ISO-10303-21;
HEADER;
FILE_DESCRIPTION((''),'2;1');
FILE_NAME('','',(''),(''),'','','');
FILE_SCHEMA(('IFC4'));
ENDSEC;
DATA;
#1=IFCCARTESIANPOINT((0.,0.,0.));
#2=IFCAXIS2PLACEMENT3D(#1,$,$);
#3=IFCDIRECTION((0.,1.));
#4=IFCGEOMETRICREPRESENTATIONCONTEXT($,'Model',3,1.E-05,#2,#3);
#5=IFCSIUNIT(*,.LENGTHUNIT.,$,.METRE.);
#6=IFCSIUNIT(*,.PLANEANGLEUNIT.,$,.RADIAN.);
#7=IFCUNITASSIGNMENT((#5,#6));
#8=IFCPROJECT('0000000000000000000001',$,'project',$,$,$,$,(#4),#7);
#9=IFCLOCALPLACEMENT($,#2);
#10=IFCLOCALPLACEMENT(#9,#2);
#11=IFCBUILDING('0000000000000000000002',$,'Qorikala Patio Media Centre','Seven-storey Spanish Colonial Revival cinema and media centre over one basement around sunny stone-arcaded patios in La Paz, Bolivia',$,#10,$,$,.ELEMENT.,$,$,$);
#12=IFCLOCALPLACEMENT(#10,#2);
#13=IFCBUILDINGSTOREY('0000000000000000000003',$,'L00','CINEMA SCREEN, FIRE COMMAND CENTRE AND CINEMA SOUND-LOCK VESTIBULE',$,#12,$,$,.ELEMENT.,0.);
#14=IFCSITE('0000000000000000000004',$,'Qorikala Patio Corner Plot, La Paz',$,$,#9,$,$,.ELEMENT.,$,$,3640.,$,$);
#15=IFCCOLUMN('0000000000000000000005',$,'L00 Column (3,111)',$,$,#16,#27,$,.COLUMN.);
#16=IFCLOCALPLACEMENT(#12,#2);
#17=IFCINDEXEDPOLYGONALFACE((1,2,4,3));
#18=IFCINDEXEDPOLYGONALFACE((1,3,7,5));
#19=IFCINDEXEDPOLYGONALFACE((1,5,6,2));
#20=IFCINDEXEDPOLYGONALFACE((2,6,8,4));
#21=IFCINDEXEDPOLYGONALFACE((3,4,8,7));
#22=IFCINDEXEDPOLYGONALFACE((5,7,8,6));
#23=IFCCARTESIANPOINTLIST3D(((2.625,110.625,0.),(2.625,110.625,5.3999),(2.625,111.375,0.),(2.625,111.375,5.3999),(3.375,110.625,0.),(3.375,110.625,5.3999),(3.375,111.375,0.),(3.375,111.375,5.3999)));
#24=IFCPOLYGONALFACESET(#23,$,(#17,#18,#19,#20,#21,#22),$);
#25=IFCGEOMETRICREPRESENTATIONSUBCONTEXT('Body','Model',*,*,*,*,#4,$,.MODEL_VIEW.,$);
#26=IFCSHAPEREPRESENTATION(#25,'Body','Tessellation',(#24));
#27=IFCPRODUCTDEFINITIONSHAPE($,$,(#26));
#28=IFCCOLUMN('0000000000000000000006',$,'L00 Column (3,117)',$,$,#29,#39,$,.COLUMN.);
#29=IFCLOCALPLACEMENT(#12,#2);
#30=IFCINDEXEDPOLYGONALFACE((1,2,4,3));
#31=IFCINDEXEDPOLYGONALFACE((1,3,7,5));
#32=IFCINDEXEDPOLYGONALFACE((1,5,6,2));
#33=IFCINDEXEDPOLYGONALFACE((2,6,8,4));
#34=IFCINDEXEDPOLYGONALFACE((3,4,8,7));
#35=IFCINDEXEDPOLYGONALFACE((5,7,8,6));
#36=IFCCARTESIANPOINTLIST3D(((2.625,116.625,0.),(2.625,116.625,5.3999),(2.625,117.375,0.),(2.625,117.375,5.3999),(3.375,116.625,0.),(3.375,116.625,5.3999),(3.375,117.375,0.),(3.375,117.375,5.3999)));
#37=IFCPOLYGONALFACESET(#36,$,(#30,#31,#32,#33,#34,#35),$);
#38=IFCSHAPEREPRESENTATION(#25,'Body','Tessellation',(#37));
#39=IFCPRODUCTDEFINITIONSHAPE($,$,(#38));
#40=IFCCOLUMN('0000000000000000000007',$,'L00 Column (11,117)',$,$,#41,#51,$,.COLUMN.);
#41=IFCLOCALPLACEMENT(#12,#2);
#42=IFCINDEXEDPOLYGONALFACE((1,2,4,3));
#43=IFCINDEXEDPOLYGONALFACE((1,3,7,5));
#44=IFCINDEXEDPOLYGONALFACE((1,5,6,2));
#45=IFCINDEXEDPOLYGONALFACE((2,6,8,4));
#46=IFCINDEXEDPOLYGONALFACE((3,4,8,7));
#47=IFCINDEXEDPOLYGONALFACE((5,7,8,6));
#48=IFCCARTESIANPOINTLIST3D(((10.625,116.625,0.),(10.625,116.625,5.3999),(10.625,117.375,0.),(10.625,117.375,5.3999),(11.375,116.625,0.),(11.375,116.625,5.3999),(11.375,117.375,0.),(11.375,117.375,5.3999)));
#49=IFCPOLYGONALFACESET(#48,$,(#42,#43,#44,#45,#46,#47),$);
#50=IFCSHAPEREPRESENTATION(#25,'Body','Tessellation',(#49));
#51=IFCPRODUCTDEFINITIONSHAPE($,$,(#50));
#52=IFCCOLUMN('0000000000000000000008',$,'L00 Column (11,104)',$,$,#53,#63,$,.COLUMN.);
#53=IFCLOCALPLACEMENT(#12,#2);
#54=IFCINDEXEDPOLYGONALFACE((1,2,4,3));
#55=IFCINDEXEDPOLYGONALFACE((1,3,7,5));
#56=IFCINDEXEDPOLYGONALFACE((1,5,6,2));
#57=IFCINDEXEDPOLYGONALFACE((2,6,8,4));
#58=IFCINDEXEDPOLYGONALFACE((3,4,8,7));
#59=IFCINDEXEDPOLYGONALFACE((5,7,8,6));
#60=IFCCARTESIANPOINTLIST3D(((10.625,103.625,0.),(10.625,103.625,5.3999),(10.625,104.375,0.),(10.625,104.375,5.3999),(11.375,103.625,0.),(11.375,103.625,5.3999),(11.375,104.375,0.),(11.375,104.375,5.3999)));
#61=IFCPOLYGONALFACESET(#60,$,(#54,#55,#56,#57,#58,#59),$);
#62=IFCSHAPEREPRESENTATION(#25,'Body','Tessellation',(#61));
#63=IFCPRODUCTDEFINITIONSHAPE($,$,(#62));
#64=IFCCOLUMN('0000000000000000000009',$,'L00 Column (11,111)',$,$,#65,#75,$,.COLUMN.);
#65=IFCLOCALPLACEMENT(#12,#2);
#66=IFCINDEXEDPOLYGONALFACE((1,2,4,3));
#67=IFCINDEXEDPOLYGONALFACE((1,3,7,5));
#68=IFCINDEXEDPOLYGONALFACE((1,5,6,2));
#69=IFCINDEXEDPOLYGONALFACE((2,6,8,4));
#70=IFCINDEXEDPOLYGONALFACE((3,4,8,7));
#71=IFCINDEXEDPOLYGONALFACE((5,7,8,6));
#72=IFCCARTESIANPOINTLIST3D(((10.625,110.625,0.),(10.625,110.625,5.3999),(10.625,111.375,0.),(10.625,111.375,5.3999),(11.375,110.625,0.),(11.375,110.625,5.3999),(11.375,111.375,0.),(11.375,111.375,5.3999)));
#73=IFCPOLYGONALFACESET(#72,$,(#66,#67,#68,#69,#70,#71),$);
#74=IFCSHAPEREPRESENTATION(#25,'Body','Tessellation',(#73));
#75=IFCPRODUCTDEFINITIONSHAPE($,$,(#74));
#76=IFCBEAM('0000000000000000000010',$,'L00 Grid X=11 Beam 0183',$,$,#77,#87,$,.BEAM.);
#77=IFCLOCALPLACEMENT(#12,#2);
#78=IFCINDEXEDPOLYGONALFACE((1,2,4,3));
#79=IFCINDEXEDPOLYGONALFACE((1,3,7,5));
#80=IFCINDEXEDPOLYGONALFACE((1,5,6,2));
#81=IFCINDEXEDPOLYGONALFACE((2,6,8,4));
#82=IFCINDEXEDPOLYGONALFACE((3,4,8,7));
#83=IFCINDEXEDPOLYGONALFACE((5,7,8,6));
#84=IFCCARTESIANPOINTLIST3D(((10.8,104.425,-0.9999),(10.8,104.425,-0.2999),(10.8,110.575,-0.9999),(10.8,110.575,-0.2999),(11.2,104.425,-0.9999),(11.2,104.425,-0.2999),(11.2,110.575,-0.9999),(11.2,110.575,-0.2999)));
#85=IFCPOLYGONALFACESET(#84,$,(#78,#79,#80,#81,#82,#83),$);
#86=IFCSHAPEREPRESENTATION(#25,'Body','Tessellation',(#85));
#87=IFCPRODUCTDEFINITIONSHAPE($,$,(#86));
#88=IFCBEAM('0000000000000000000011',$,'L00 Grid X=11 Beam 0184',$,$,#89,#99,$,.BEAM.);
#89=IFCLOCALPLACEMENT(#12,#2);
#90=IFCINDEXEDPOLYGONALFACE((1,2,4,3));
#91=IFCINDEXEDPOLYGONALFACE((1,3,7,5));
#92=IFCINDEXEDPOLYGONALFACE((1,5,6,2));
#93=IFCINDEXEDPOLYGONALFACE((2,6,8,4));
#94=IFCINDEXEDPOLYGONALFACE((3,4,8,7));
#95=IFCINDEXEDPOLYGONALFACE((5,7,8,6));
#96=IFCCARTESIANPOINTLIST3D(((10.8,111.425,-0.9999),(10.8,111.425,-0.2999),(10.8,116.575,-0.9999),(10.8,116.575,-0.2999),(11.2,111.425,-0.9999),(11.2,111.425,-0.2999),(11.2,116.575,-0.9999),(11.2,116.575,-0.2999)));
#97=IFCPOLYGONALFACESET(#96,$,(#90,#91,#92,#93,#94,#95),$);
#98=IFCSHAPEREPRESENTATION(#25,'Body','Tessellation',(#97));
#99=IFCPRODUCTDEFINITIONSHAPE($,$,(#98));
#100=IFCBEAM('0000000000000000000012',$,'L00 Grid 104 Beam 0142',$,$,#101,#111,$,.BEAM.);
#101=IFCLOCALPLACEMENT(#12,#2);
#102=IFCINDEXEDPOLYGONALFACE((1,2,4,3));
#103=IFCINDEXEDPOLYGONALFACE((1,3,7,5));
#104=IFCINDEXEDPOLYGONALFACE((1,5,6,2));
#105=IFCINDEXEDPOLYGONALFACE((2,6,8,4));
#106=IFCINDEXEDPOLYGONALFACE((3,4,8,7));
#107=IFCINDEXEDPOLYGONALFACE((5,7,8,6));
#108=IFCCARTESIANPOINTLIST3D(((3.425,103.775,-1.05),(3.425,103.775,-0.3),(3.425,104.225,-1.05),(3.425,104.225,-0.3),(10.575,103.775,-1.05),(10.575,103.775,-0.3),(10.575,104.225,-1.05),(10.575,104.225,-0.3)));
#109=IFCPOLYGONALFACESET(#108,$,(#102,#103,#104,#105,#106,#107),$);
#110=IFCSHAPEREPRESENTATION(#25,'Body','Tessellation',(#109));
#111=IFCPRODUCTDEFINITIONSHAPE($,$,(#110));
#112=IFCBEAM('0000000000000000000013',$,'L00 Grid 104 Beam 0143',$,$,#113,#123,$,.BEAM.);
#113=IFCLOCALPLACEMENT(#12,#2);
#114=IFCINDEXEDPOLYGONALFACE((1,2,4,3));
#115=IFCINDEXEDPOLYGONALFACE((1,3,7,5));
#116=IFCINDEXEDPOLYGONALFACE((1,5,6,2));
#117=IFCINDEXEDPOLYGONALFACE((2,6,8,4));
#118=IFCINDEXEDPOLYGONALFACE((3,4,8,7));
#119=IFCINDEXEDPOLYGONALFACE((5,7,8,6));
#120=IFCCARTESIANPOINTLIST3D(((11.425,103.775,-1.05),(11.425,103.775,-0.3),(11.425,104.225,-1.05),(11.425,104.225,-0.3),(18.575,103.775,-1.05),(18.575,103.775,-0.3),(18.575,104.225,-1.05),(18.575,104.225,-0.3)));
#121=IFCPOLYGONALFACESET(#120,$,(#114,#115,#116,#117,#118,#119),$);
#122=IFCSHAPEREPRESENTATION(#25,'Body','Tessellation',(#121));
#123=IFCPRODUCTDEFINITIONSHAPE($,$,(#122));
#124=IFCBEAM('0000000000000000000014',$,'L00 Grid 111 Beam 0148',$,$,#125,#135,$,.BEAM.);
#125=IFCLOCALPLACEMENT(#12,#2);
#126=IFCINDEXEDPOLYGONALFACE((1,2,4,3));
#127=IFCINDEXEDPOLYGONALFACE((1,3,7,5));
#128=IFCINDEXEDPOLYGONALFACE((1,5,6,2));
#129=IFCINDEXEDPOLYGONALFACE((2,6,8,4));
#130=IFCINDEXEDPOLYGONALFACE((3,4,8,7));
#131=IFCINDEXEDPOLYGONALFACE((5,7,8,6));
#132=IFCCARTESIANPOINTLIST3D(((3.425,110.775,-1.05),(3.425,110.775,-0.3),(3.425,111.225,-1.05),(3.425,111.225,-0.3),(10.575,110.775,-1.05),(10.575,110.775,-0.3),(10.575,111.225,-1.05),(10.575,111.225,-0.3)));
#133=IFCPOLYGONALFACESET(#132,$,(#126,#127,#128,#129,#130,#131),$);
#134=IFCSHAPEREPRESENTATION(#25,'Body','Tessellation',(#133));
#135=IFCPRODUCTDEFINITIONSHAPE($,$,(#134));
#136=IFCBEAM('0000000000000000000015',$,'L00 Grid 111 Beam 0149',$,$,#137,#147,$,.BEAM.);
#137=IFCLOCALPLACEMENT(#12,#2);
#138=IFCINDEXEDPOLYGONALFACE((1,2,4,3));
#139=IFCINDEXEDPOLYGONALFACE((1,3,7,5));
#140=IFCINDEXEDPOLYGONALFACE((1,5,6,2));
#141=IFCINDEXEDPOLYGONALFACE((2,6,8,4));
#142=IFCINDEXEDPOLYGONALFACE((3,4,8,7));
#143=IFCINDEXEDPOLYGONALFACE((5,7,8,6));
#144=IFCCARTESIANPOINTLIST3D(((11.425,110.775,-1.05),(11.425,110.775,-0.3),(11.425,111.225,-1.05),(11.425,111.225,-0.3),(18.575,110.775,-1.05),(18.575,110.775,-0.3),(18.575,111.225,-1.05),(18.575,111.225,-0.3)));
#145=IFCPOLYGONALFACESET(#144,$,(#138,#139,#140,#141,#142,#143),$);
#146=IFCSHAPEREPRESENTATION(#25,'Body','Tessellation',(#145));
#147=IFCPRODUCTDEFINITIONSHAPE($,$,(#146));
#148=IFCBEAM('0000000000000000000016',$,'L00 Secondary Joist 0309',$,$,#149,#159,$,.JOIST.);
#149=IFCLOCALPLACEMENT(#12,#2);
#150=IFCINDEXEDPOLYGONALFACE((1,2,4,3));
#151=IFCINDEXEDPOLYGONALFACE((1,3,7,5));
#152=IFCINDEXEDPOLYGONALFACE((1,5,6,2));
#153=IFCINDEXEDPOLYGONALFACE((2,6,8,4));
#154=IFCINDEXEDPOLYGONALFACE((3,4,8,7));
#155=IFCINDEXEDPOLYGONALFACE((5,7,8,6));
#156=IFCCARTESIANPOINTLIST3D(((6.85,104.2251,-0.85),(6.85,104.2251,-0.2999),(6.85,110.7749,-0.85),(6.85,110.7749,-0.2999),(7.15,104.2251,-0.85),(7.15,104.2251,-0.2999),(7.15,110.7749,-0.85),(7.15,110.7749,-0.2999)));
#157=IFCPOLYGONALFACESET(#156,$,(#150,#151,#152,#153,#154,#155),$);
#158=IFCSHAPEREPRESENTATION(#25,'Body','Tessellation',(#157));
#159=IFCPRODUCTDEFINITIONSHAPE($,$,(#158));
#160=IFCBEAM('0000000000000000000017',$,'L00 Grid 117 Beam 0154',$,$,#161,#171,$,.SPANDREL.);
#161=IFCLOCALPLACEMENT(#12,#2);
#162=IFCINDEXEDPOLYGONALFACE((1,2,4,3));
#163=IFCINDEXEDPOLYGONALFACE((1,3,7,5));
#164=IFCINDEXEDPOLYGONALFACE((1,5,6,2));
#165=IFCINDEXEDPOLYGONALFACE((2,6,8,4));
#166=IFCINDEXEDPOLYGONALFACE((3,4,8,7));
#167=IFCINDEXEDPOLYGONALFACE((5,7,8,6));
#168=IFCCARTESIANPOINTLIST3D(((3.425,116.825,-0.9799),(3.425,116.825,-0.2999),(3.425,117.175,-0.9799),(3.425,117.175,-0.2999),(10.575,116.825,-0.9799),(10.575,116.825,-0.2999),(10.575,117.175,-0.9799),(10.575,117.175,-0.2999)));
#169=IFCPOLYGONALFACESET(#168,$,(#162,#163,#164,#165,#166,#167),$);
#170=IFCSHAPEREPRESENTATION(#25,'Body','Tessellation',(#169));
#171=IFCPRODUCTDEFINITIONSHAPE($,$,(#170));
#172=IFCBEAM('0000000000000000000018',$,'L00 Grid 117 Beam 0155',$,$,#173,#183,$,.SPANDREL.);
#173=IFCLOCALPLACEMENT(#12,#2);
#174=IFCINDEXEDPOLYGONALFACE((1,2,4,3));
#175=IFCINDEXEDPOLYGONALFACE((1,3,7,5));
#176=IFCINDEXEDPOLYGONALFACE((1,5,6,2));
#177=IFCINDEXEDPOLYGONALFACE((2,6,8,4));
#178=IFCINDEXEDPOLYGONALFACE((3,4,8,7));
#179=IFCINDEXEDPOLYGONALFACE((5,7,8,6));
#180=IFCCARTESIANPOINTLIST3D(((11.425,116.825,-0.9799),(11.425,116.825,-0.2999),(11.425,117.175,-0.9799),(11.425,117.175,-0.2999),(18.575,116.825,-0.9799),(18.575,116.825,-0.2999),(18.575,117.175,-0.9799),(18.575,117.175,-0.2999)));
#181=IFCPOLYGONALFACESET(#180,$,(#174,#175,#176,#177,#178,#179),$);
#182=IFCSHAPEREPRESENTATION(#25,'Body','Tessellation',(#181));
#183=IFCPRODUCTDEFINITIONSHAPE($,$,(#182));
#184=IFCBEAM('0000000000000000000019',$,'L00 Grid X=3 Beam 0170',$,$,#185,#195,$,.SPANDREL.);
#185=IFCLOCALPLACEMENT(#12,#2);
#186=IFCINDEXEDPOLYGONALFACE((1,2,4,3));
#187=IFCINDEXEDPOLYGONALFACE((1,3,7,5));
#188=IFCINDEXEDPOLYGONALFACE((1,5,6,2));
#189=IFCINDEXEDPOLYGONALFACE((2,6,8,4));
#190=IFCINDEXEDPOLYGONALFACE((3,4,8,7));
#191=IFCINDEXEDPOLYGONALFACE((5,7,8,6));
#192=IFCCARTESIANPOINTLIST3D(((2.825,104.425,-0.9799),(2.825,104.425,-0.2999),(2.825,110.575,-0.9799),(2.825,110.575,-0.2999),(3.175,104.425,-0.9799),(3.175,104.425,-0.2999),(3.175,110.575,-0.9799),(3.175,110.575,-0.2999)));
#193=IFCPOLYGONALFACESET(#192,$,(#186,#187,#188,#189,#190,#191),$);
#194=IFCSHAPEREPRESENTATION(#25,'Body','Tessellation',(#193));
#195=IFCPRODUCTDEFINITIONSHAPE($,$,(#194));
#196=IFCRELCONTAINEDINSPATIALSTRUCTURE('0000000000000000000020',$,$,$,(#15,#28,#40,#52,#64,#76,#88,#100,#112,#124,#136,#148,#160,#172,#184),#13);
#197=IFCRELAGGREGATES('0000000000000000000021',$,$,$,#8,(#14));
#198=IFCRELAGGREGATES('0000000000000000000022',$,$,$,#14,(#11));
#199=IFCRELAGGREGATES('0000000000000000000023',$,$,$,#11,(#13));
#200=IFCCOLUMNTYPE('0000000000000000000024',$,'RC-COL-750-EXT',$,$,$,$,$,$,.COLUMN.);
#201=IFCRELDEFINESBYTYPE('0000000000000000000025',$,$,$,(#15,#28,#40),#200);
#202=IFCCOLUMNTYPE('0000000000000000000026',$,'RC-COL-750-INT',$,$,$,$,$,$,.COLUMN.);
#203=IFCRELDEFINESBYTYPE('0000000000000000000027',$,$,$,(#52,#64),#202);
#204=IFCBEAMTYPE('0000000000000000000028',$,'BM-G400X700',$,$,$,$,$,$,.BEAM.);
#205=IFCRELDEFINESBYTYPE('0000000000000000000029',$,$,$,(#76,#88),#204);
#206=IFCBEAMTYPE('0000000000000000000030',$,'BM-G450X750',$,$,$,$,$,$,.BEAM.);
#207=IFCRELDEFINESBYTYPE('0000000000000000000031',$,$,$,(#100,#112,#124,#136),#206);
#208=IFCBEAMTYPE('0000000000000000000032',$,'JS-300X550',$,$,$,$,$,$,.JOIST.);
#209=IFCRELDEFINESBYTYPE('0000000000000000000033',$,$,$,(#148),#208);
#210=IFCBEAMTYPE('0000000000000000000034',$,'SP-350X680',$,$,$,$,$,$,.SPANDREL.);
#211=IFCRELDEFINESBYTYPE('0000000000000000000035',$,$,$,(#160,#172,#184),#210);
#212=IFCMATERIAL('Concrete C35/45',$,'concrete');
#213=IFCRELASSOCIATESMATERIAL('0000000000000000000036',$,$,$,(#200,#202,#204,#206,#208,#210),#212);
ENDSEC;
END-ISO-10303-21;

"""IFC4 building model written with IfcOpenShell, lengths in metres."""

from ifc_helpers import new_model, si_unit, direction, frame, origin, origin_2d, place, context, subcontext, project, spatial, rectangle, extrude, material, material_profile, profile_set, type_object, element, save


model = new_model("IFC4")

# Units and contexts
model_context = context("Model", 3, precision=1e-05, world=origin(), true_north=direction((0.0, 1.0)))
body_context = subcontext(model_context, "Body", "Model", "MODEL_VIEW")
ifc_project = project(units=[si_unit("LENGTHUNIT", "METRE"), si_unit("PLANEANGLEUNIT", "RADIAN")], contexts=[model_context])

# Site, building, storey
site_placement = place(None, origin())
site = spatial("IfcSite", under=ifc_project, at=site_placement, Name="Qorikala Patio Corner Plot, La Paz", CompositionType="ELEMENT", RefElevation=3640.0)
building_placement = place(site_placement, origin())
building = spatial("IfcBuilding", under=site, at=building_placement, Name="Qorikala Patio Media Centre", Description="Seven-storey Spanish Colonial Revival cinema and media centre over one basement around sunny stone-arcaded patios in La Paz, Bolivia", CompositionType="ELEMENT")
storey_placement = place(building_placement, origin())
storey = spatial("IfcBuildingStorey", under=building, at=storey_placement, Name="L00", Description="CINEMA SCREEN, FIRE COMMAND CENTRE AND CINEMA SOUND-LOCK VESTIBULE", CompositionType="ELEMENT", Elevation=0.0)

# Columns
ifc_material_1 = material(Name="Concrete C35/45", Category="concrete")
ifc_material_profile_1 = material_profile(ifc_material_1, rectangle(XDim=0.75, YDim=0.75, at=origin_2d()), Name="RC 750x750")
ifc_profile_set_1 = profile_set([ifc_material_profile_1], Name="Concrete C35/45")
column_type_1 = type_object("IfcColumnType", Name="RC-COL-750-EXT", PredefinedType="COLUMN", material=ifc_profile_set_1)
for number, where, z_axis, x_axis, name in (
    (1, (3.0, 111.0, 0.0), (0.0, 0.0, 1.0), (1.0, 0.0, 0.0), "L00 Column (3,111)"),
    (2, (3.0, 117.0, 0.0), (0.0, 0.0, 1.0), (1.0, 0.0, 0.0), "L00 Column (3,117)"),
    (3, (11.0, 117.0, 0.0), (0.0, 0.0, 1.0), (1.0, 0.0, 0.0), "L00 Column (11,117)"),
):
    element("IfcColumn", number, at=place(storey_placement, frame(where, z_axis=z_axis, x_axis=x_axis)), inside=storey, type_object=column_type_1, Name=name, PredefinedType="COLUMN", context=body_context, shape_type="SweptSolid", body=[
        extrude(rectangle(XDim=0.75, YDim=0.75, at=origin_2d()), origin(), (0.0, 0.0, 1.0), 5.3999),
    ])
ifc_material_profile_2 = material_profile(ifc_material_1, rectangle(XDim=0.75, YDim=0.75, at=origin_2d()), Name="RC 750x750")
ifc_profile_set_2 = profile_set([ifc_material_profile_2], Name="Concrete C35/45")
column_type_2 = type_object("IfcColumnType", Name="RC-COL-750-INT", PredefinedType="COLUMN", material=ifc_profile_set_2)
for number, where, z_axis, x_axis, name in (
    (4, (11.0, 104.0, 0.0), (0.0, 0.0, 1.0), (1.0, 0.0, 0.0), "L00 Column (11,104)"),
    (5, (11.0, 111.0, 0.0), (0.0, 0.0, 1.0), (1.0, 0.0, 0.0), "L00 Column (11,111)"),
):
    element("IfcColumn", number, at=place(storey_placement, frame(where, z_axis=z_axis, x_axis=x_axis)), inside=storey, type_object=column_type_2, Name=name, PredefinedType="COLUMN", context=body_context, shape_type="SweptSolid", body=[
        extrude(rectangle(XDim=0.75, YDim=0.75, at=origin_2d()), origin(), (0.0, 0.0, 1.0), 5.3999),
    ])

# Beams
ifc_material_profile_3 = material_profile(ifc_material_1, rectangle(XDim=0.3999, YDim=0.7, at=origin_2d()), Name="RC 400x700")
ifc_profile_set_3 = profile_set([ifc_material_profile_3], Name="Concrete C35/45")
beam_type_1 = type_object("IfcBeamType", Name="BM-G400X700", PredefinedType="BEAM", material=ifc_profile_set_3)
beam_1_placement = place(storey_placement, frame((11.0, 104.425, -0.6499), z_axis=(0.0, 1.0, 0.0), x_axis=(-1.0, 0.0, 0.0)))
element("IfcBeam", 6, at=beam_1_placement, inside=storey, type_object=beam_type_1, Name="L00 Grid X=11 Beam 0183", PredefinedType="BEAM", context=body_context, shape_type="SweptSolid", body=[
    extrude(rectangle(XDim=0.3999, YDim=0.7, at=origin_2d()), origin(), (0.0, 0.0, 1.0), 6.1499),
])
beam_2_placement = place(storey_placement, frame((11.0, 111.425, -0.6499), z_axis=(0.0, 1.0, 0.0), x_axis=(-1.0, 0.0, 0.0)))
element("IfcBeam", 7, at=beam_2_placement, inside=storey, type_object=beam_type_1, Name="L00 Grid X=11 Beam 0184", PredefinedType="BEAM", context=body_context, shape_type="SweptSolid", body=[
    extrude(rectangle(XDim=0.3999, YDim=0.7, at=origin_2d()), origin(), (0.0, 0.0, 1.0), 5.1499),
])
ifc_material_profile_4 = material_profile(ifc_material_1, rectangle(XDim=0.45, YDim=0.75, at=origin_2d()), Name="RC 450x750")
ifc_profile_set_4 = profile_set([ifc_material_profile_4], Name="Concrete C35/45")
beam_type_2 = type_object("IfcBeamType", Name="BM-G450X750", PredefinedType="BEAM", material=ifc_profile_set_4)
for number, where, z_axis, x_axis, name in (
    (8, (3.425, 104.0, -0.675), (1.0, 0.0, 0.0), (0.0, 1.0, 0.0), "L00 Grid 104 Beam 0142"),
    (9, (11.425, 104.0, -0.675), (1.0, 0.0, 0.0), (0.0, 1.0, 0.0), "L00 Grid 104 Beam 0143"),
    (10, (3.425, 111.0, -0.675), (1.0, 0.0, 0.0), (0.0, 1.0, 0.0), "L00 Grid 111 Beam 0148"),
    (11, (11.425, 111.0, -0.675), (1.0, 0.0, 0.0), (0.0, 1.0, 0.0), "L00 Grid 111 Beam 0149"),
):
    element("IfcBeam", number, at=place(storey_placement, frame(where, z_axis=z_axis, x_axis=x_axis)), inside=storey, type_object=beam_type_2, Name=name, PredefinedType="BEAM", context=body_context, shape_type="SweptSolid", body=[
        extrude(rectangle(XDim=0.45, YDim=0.75, at=origin_2d()), origin(), (0.0, 0.0, 1.0), 7.1499),
    ])
ifc_material_profile_5 = material_profile(ifc_material_1, rectangle(XDim=0.3, YDim=0.55, at=origin_2d()), Name="RC 300x550")
ifc_profile_set_5 = profile_set([ifc_material_profile_5], Name="Concrete C35/45")
beam_type_3 = type_object("IfcBeamType", Name="JS-300X550", PredefinedType="JOIST", material=ifc_profile_set_5)
beam_3_placement = place(storey_placement, frame((7.0, 104.2251, -0.575), z_axis=(0.0, 1.0, 0.0), x_axis=(-1.0, 0.0, 0.0)))
element("IfcBeam", 12, at=beam_3_placement, inside=storey, type_object=beam_type_3, Name="L00 Secondary Joist 0309", PredefinedType="JOIST", context=body_context, shape_type="SweptSolid", body=[
    extrude(rectangle(XDim=0.3, YDim=0.55, at=origin_2d()), origin(), (0.0, 0.0, 1.0), 6.5498),
])
ifc_material_profile_6 = material_profile(ifc_material_1, rectangle(XDim=0.3501, YDim=0.6799, at=origin_2d()), Name="RC 350x680")
ifc_profile_set_6 = profile_set([ifc_material_profile_6], Name="Concrete C35/45")
beam_type_4 = type_object("IfcBeamType", Name="SP-350X680", PredefinedType="SPANDREL", material=ifc_profile_set_6)
for number, where, z_axis, x_axis, name in (
    (13, (3.425, 117.0, -0.6399), (1.0, 0.0, 0.0), (0.0, 1.0, 0.0), "L00 Grid 117 Beam 0154"),
    (14, (11.425, 117.0, -0.6399), (1.0, 0.0, 0.0), (0.0, 1.0, 0.0), "L00 Grid 117 Beam 0155"),
):
    element("IfcBeam", number, at=place(storey_placement, frame(where, z_axis=z_axis, x_axis=x_axis)), inside=storey, type_object=beam_type_4, Name=name, PredefinedType="SPANDREL", context=body_context, shape_type="SweptSolid", body=[
        extrude(rectangle(XDim=0.3501, YDim=0.6799, at=origin_2d()), origin(), (0.0, 0.0, 1.0), 7.1499),
    ])
beam_4_placement = place(storey_placement, frame((3.0, 104.425, -0.6399), z_axis=(0.0, 1.0, 0.0), x_axis=(-1.0, 0.0, 0.0)))
element("IfcBeam", 15, at=beam_4_placement, inside=storey, type_object=beam_type_4, Name="L00 Grid X=3 Beam 0170", PredefinedType="SPANDREL", context=body_context, shape_type="SweptSolid", body=[
    extrude(rectangle(XDim=0.3501, YDim=0.6799, at=origin_2d()), origin(), (0.0, 0.0, 1.0), 6.1499),
])

save(model, "model.ifc")
